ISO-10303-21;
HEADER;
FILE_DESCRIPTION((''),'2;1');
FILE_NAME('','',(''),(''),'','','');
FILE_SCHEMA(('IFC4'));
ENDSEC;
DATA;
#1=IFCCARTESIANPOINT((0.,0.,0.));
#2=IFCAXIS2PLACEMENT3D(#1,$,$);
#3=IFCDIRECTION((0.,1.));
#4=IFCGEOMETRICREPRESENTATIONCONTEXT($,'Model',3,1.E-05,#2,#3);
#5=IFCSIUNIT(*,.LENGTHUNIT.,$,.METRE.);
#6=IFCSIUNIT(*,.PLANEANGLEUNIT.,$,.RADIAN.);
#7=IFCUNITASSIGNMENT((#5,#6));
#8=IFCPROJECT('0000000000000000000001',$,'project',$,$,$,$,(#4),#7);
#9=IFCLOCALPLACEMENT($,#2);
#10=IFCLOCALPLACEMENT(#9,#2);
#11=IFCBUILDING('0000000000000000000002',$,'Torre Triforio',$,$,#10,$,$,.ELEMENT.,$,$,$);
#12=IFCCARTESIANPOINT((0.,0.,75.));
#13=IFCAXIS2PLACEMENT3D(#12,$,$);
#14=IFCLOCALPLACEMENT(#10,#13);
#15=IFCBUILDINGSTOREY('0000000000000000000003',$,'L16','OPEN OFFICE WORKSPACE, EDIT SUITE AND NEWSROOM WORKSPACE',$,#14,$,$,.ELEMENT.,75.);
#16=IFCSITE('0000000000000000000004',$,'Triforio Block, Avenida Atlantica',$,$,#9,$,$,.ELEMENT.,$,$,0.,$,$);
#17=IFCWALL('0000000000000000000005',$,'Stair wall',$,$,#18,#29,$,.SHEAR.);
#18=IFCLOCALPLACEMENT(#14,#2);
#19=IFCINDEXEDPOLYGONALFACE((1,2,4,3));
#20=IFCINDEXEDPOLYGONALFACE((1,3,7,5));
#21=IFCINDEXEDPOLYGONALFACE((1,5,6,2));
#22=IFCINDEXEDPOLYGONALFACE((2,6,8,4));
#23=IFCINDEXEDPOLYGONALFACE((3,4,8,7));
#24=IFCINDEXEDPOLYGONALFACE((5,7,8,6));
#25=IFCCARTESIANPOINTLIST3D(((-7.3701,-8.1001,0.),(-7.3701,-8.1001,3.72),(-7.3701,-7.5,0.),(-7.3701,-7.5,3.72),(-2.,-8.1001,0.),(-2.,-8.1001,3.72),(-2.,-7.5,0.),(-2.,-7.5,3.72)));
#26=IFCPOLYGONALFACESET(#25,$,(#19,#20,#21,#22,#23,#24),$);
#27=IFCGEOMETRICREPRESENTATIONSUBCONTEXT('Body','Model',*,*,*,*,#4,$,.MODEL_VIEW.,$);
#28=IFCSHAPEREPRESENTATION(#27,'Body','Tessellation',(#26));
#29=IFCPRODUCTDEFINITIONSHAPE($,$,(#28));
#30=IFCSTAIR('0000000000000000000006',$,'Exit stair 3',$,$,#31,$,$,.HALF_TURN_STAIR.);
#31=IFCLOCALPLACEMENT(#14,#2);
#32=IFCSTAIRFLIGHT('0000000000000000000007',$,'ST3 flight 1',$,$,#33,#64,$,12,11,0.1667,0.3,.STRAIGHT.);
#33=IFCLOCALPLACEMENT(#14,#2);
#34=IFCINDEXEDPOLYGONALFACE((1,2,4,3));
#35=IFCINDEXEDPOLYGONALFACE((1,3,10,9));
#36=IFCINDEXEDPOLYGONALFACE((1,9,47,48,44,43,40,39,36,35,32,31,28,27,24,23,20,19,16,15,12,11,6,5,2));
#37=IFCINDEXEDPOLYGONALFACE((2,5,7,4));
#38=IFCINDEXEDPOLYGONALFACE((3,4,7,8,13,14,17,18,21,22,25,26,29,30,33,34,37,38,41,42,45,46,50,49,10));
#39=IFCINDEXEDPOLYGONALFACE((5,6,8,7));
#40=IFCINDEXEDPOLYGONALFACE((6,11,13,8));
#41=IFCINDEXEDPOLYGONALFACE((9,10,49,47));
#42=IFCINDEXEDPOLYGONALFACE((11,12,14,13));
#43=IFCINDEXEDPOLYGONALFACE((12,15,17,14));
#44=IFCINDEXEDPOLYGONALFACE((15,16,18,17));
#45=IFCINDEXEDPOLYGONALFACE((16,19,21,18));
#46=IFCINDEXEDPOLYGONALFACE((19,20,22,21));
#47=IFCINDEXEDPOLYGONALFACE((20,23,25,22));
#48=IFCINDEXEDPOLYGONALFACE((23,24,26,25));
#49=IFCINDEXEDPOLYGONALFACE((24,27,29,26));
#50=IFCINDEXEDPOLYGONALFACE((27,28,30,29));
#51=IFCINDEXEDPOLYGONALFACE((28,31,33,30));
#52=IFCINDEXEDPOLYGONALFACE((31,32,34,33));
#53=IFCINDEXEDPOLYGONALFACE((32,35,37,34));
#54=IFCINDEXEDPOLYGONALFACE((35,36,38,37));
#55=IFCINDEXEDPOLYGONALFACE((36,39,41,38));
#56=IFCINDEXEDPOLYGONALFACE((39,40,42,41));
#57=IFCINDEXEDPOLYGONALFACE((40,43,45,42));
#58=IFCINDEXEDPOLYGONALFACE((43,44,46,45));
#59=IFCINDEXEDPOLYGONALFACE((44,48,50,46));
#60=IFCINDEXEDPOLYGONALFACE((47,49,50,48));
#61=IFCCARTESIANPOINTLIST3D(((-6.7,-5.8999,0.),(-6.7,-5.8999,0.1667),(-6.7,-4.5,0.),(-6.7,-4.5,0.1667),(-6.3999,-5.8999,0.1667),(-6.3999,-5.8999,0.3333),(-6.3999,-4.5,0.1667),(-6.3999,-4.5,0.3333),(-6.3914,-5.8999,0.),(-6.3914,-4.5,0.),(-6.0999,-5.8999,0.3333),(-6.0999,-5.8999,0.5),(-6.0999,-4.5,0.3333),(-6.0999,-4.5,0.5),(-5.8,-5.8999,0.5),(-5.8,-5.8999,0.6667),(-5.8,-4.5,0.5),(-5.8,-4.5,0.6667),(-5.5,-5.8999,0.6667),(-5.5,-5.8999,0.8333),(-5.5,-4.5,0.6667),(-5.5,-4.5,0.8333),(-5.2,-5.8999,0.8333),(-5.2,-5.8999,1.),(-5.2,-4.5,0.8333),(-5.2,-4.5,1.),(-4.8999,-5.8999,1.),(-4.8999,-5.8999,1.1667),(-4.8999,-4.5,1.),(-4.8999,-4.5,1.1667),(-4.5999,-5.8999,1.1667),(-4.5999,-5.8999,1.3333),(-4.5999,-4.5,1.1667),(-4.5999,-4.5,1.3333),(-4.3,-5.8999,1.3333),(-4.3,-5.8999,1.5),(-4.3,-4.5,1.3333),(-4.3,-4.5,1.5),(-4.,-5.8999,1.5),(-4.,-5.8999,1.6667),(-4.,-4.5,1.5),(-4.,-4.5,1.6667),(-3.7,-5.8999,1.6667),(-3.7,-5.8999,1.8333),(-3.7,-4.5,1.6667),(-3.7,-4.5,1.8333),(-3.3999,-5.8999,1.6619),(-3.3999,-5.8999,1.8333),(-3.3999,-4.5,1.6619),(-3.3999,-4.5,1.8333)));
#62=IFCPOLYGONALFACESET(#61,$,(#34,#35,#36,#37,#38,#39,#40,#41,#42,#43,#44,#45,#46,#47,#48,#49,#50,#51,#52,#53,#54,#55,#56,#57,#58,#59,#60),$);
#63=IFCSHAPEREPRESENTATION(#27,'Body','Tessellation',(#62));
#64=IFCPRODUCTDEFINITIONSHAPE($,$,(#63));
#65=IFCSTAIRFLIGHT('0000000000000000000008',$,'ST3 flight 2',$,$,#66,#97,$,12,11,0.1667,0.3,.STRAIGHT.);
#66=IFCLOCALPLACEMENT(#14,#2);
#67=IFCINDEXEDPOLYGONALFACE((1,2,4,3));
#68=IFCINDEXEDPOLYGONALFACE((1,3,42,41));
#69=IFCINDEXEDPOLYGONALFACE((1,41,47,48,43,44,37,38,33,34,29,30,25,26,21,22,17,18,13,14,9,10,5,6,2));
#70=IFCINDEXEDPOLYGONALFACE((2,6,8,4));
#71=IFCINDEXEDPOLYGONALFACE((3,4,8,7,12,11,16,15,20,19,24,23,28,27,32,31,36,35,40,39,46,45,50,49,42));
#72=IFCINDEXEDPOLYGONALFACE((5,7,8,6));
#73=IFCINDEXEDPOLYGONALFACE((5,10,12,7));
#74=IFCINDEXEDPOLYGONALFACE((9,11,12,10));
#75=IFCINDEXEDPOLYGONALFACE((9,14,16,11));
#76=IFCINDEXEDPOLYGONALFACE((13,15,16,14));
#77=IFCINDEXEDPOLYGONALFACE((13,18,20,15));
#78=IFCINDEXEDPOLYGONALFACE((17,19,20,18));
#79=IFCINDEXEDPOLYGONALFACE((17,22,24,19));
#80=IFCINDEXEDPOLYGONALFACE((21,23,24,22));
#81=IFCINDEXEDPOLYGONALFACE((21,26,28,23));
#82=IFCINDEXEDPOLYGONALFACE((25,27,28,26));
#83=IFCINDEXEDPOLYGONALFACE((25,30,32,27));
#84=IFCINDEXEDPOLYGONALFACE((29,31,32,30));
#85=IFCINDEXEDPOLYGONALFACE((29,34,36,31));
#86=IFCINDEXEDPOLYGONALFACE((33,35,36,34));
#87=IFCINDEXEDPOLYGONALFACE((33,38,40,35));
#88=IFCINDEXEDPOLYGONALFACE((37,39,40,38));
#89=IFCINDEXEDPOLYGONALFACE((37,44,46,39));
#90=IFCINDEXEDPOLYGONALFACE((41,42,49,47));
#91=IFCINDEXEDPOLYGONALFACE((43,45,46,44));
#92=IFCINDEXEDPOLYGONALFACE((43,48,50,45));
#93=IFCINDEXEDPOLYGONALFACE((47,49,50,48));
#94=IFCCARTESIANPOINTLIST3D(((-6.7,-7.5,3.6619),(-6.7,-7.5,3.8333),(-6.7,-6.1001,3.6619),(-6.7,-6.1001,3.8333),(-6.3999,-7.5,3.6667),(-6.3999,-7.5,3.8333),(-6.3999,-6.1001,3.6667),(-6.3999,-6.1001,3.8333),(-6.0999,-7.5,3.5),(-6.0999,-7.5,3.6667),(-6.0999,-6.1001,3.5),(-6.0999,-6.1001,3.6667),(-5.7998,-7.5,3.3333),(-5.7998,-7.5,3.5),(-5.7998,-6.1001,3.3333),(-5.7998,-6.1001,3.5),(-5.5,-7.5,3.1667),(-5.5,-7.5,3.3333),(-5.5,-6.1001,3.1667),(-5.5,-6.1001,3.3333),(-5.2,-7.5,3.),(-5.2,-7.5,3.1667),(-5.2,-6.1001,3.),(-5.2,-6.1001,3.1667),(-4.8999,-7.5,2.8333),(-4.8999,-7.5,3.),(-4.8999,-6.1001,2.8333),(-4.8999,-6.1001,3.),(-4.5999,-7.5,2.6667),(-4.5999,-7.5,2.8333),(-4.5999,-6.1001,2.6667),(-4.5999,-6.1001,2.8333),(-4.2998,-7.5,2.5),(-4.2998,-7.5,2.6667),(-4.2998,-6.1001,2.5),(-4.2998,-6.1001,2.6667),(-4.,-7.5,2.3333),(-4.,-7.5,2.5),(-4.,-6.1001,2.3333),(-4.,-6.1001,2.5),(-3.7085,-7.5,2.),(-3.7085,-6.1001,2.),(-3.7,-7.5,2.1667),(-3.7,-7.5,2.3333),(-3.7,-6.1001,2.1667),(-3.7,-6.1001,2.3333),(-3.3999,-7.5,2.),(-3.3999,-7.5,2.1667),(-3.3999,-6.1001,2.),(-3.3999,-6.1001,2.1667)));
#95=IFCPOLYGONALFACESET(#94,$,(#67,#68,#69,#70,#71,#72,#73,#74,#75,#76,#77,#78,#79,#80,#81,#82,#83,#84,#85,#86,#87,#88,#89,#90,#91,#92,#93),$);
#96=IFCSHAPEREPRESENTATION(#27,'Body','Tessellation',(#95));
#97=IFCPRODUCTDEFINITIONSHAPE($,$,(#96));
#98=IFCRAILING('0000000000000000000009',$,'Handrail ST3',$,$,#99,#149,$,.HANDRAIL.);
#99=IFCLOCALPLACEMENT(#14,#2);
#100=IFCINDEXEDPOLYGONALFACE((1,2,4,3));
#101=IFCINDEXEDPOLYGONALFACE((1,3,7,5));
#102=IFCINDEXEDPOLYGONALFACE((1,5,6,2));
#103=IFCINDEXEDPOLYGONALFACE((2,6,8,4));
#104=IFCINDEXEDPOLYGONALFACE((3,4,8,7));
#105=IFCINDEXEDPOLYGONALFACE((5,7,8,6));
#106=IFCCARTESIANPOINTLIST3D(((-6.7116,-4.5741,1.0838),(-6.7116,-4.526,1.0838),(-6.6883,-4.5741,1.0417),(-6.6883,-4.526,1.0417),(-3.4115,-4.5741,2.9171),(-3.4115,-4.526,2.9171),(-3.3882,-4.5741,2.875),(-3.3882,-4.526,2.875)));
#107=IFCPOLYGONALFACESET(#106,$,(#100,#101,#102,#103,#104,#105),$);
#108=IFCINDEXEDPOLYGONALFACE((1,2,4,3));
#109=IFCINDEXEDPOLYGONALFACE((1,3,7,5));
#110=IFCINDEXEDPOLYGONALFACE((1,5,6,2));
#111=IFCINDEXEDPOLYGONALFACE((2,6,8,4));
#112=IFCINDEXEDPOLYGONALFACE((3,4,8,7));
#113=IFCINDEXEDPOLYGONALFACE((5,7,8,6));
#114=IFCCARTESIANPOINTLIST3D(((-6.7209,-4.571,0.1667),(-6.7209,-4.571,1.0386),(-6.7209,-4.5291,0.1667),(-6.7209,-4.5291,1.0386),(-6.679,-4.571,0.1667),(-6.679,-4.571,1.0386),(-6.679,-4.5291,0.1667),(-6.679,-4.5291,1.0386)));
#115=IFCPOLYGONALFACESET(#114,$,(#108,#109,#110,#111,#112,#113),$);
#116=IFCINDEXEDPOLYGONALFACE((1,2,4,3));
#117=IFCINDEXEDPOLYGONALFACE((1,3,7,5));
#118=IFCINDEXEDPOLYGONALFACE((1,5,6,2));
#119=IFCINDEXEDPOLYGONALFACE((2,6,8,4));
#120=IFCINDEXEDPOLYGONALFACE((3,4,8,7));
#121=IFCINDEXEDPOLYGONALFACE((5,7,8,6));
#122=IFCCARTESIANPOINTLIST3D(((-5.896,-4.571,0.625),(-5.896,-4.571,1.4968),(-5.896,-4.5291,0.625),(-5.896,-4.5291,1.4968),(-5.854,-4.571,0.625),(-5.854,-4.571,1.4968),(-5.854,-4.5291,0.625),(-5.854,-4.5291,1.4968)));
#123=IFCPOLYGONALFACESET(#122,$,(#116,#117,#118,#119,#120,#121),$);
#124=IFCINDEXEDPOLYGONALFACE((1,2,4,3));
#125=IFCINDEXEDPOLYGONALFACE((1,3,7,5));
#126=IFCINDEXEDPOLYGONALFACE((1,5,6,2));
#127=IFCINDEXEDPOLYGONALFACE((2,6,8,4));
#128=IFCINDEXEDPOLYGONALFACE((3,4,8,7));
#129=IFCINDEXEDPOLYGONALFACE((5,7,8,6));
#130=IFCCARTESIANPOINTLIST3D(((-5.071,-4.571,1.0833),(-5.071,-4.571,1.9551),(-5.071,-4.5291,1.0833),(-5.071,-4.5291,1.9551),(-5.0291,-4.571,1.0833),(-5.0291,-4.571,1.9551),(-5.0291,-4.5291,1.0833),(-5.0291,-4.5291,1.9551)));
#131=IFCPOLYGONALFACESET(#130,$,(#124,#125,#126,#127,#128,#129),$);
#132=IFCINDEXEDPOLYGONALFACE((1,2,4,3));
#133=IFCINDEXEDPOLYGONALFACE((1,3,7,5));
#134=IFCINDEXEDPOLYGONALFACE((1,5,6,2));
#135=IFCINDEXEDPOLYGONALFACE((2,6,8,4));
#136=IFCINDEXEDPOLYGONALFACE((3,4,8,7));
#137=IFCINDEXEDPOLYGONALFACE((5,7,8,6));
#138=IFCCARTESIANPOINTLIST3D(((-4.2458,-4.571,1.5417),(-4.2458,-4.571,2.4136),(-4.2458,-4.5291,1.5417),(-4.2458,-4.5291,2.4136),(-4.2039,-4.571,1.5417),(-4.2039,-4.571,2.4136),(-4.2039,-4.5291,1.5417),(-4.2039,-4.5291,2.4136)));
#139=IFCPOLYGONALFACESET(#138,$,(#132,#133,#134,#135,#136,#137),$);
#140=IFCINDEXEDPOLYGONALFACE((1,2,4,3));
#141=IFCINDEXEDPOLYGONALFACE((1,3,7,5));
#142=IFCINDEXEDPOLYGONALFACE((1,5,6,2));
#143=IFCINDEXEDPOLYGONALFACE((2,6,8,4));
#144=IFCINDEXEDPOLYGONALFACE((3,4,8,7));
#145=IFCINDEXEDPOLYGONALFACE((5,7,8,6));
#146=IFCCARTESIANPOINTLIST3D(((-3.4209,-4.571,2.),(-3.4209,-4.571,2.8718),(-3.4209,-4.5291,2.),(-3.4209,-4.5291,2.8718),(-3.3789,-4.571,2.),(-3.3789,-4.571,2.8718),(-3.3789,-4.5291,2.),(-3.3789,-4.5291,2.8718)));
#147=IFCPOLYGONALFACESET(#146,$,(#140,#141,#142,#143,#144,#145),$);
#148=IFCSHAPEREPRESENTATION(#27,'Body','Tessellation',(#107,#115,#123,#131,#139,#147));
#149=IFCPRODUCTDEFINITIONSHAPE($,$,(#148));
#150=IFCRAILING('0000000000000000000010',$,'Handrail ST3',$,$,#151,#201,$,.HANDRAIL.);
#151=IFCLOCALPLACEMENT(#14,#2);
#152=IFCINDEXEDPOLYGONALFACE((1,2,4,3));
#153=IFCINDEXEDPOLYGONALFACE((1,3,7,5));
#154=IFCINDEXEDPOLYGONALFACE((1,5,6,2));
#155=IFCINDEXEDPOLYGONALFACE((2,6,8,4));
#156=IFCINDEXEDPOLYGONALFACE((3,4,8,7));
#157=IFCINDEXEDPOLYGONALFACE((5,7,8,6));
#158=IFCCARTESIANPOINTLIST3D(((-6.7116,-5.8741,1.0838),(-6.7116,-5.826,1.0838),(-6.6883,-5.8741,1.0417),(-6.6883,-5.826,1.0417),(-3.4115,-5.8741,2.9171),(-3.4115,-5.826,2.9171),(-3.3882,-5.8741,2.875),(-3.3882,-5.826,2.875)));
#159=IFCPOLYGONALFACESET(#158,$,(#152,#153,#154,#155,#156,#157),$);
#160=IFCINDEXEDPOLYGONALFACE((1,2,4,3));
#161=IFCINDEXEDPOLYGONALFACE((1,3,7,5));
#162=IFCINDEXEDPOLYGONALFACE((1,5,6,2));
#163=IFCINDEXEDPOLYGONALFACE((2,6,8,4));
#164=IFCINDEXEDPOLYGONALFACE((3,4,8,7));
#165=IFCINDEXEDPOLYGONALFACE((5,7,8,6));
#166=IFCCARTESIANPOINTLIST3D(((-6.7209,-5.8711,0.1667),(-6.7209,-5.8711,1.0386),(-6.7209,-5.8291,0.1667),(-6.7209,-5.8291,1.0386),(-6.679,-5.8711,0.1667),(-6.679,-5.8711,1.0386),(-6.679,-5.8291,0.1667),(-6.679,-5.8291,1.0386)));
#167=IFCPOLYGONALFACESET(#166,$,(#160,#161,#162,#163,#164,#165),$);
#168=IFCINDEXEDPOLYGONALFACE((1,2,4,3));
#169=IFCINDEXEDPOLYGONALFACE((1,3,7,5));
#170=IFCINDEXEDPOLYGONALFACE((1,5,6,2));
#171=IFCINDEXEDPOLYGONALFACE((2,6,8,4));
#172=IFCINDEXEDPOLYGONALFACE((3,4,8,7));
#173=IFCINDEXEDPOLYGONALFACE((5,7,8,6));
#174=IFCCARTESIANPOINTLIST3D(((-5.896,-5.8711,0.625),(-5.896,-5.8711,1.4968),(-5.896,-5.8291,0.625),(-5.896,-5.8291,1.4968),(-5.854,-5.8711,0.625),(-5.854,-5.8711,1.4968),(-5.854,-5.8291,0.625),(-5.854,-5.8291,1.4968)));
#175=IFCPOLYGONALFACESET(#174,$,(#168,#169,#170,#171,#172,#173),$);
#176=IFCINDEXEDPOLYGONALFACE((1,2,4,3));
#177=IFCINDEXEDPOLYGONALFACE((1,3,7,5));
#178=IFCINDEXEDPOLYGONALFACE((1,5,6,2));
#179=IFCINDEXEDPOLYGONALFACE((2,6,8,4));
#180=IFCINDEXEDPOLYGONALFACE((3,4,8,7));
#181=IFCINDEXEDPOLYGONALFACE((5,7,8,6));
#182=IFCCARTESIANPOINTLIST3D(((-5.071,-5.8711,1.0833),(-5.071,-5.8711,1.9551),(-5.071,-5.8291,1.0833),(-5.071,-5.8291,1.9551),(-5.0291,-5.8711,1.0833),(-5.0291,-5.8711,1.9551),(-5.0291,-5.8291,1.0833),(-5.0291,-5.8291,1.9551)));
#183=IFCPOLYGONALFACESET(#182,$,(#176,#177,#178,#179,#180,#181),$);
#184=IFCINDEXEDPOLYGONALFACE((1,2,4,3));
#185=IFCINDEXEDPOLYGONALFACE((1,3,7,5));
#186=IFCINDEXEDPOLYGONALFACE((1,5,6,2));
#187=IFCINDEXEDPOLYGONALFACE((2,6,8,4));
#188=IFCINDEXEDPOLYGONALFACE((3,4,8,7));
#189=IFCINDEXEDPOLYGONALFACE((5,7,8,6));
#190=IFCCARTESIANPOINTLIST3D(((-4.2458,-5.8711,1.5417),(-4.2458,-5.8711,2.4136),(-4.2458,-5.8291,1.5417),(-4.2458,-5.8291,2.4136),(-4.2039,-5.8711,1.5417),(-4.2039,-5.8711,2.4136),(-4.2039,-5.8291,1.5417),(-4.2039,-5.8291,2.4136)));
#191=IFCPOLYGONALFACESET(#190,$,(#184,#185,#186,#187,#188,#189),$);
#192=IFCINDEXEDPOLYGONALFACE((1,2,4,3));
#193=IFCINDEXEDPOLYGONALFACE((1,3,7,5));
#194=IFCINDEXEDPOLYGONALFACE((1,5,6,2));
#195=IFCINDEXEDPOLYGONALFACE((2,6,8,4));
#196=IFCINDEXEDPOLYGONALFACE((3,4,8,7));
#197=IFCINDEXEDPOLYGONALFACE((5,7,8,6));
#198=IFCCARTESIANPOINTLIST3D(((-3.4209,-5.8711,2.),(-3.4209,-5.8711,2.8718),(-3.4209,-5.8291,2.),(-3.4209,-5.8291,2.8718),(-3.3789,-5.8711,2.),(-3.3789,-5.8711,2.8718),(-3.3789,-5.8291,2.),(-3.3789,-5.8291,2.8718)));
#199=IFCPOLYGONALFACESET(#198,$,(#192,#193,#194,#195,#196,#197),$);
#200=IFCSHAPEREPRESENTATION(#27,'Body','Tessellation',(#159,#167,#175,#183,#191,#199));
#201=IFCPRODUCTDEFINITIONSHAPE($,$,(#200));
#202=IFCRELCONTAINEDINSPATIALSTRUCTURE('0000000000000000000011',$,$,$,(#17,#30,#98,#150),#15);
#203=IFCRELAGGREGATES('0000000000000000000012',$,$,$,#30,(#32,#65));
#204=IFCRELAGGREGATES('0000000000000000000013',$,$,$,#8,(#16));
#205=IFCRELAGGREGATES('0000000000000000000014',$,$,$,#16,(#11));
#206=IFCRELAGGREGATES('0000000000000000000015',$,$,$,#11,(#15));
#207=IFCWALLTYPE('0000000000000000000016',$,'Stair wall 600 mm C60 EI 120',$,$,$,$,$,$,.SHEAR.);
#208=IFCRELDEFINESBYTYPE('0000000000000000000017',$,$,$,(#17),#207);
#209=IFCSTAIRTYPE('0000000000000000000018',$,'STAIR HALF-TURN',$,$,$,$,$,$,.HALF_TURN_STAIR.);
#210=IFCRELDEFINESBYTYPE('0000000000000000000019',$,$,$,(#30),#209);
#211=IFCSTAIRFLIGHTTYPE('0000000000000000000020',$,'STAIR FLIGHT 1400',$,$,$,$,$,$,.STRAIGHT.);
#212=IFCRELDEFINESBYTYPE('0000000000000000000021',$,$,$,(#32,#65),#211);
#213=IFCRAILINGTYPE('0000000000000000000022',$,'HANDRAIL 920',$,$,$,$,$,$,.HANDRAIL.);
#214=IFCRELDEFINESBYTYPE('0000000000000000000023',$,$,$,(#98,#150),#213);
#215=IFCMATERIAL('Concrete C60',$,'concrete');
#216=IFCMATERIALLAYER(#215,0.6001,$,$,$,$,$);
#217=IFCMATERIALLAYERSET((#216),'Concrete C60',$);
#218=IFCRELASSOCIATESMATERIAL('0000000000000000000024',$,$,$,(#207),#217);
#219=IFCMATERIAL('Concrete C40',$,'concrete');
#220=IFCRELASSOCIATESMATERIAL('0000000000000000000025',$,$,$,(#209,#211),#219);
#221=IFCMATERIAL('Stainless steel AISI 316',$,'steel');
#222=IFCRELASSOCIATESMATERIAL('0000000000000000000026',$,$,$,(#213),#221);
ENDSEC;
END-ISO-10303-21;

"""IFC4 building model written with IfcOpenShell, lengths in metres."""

from ifc_helpers import new_model, si_unit, direction, frame, frame_2d, origin, origin_2d, place, context, subcontext, project, spatial, polyline, rectangle, outline, extrude, material, layer, layer_set, type_object, element, aggregate, save


model = new_model("IFC4")

# Units and contexts
model_context = context("Model", 3, precision=1e-05, world=origin(), true_north=direction((0.0, 1.0)))
body_context = subcontext(model_context, "Body", "Model", "MODEL_VIEW")
ifc_project = project(units=[si_unit("LENGTHUNIT", "METRE"), si_unit("PLANEANGLEUNIT", "RADIAN")], contexts=[model_context])

# Site, building, storey
site_placement = place(None, origin())
site = spatial("IfcSite", under=ifc_project, at=site_placement, Name="Triforio Block, Avenida Atlantica", CompositionType="ELEMENT", RefElevation=0.0)
building_placement = place(site_placement, origin())
building = spatial("IfcBuilding", under=site, at=building_placement, Name="Torre Triforio", CompositionType="ELEMENT")
storey_placement = place(building_placement, frame((0.0, 0.0, 75.0)))
storey = spatial("IfcBuildingStorey", under=building, at=storey_placement, Name="L16", Description="OPEN OFFICE WORKSPACE, EDIT SUITE AND NEWSROOM WORKSPACE", CompositionType="ELEMENT", Elevation=75.0)

# Shared definitions
ifc_material_1 = material(Name="Concrete C60", Category="concrete")

# Wall
ifc_layer_1 = layer(ifc_material_1, 0.6001)
ifc_layer_set_1 = layer_set([ifc_layer_1], Name="Concrete C60")
wall_type_1 = type_object("IfcWallType", Name="Stair wall 600 mm C60 EI 120", PredefinedType="SHEAR", material=ifc_layer_set_1)
wall_1_placement = place(storey_placement, frame((-7.3701, -7.8, 0.0), z_axis=(0.0, 0.0, 1.0), x_axis=(1.0, 0.0, 0.0)))
element("IfcWall", 1, at=wall_1_placement, inside=storey, type_object=wall_type_1, Name="Stair wall", PredefinedType="SHEAR", context=body_context, shape_type="SweptSolid", body=[
    extrude(rectangle(XDim=5.3701, YDim=0.6001, at=frame_2d((2.6851, 0.0))), origin(), (0.0, 0.0, 1.0), 3.72),
])

# Stair, stair flights
ifc_material_2 = material(Name="Concrete C40", Category="concrete")
stair_type = type_object("IfcStairType", Name="STAIR HALF-TURN", PredefinedType="HALF_TURN_STAIR", material=ifc_material_2)
stair_placement = place(storey_placement, origin())
stair = element("IfcStair", 2, at=stair_placement, inside=storey, type_object=stair_type, Name="Exit stair 3", PredefinedType="HALF_TURN_STAIR")
stair_flight_type = type_object("IfcStairFlightType", Name="STAIR FLIGHT 1400", PredefinedType="STRAIGHT", material=ifc_material_2)
stair_flight_1_placement = place(storey_placement, frame((-6.7, -5.2, 0.0), z_axis=(0.0, 0.0, 1.0), x_axis=(1.0, 0.0, 0.0)))
stair_flight_1 = element("IfcStairFlight", 3, at=stair_flight_1_placement, type_object=stair_flight_type, Name="ST3 flight 1", NumberOfRisers=12, NumberOfTreads=11, PredefinedType="STRAIGHT", RiserHeight=0.1667, TreadLength=0.3, context=body_context, shape_type="SweptSolid", body=[
    extrude(outline(polyline([(0.0, 0.0), (0.0, 0.1667), (0.3, 0.1667), (0.3, 0.3333), (0.6001, 0.3333), (0.6001, 0.5), (0.8999, 0.5), (0.8999, 0.6667), (1.2, 0.6667), (1.2, 0.8333), (1.5, 0.8333), (1.5, 1.0), (1.8, 1.0), (1.8, 1.1667), (2.1001, 1.1667), (2.1001, 1.3333), (2.3999, 1.3333), (2.3999, 1.5), (2.7, 1.5), (2.7, 1.6667), (3.0, 1.6667), (3.0, 1.8333), (3.3, 1.8333), (3.3, 2.0), (3.3, 1.6619), (0.3086, 0.0), (0.0, 0.0)])), frame((0.0, 0.7, 0.0), z_axis=(0.0, -1.0, 0.0), x_axis=(1.0, 0.0, 0.0)), (0.0, 0.0, 1.0), 1.3999),
])
stair_flight_2_placement = place(storey_placement, frame((-3.3999, -6.8, 2.0), z_axis=(0.0, 0.0, 1.0), x_axis=(-1.0, 0.0, 0.0)))
stair_flight_2 = element("IfcStairFlight", 4, at=stair_flight_2_placement, type_object=stair_flight_type, Name="ST3 flight 2", NumberOfRisers=12, NumberOfTreads=11, PredefinedType="STRAIGHT", RiserHeight=0.1667, TreadLength=0.3, context=body_context, shape_type="SweptSolid", body=[
    extrude(outline(polyline([(0.0, 0.0), (0.0, 0.1667), (0.3, 0.1667), (0.3, 0.3333), (0.6001, 0.3333), (0.6001, 0.5), (0.8999, 0.5), (0.8999, 0.6667), (1.2, 0.6667), (1.2, 0.8333), (1.5, 0.8333), (1.5, 1.0), (1.8, 1.0), (1.8, 1.1667), (2.1001, 1.1667), (2.1001, 1.3333), (2.3999, 1.3333), (2.3999, 1.5), (2.7, 1.5), (2.7, 1.6667), (3.0, 1.6667), (3.0, 1.8333), (3.3, 1.8333), (3.3, 2.0), (3.3, 1.6619), (0.3086, 0.0), (0.0, 0.0)])), frame((0.0, 0.7, 0.0), z_axis=(0.0, -1.0, 0.0), x_axis=(1.0, 0.0, 0.0)), (0.0, 0.0, 1.0), 1.3999),
])
aggregate(stair, [stair_flight_1, stair_flight_2])

# Railings
ifc_material_3 = material(Name="Stainless steel AISI 316", Category="steel")
railing_type = type_object("IfcRailingType", Name="HANDRAIL 920", PredefinedType="HANDRAIL", material=ifc_material_3)
for number, where, name in (
    (5, (-6.7, -4.55, 0.1667), "Handrail ST3"),
    (6, (-6.7, -5.8501, 0.1667), "Handrail ST3"),
):
    element("IfcRailing", number, at=place(storey_placement, frame(where)), inside=storey, type_object=railing_type, Name=name, PredefinedType="HANDRAIL", context=body_context, shape_type="SweptSolid", body=[
        extrude(rectangle(XDim=0.0481, YDim=0.0481, at=origin_2d()), frame((0.0, 0.0, 0.896), z_axis=(0.874169, 0.0, 0.485621), x_axis=(0.0, 1.0, 0.0)), (0.0, 0.0, 1.0), 3.7751),
        extrude(rectangle(XDim=0.042, YDim=0.042, at=origin_2d()), origin(), (0.0, 0.0, 1.0), 0.8718),
        extrude(rectangle(XDim=0.042, YDim=0.042, at=origin_2d()), frame((0.825, 0.0, 0.4583)), (0.0, 0.0, 1.0), 0.8718),
        extrude(rectangle(XDim=0.042, YDim=0.042, at=origin_2d()), frame((1.6499, 0.0, 0.9165)), (0.0, 0.0, 1.0), 0.8718),
        extrude(rectangle(XDim=0.042, YDim=0.042, at=origin_2d()), frame((2.4751, 0.0, 1.375)), (0.0, 0.0, 1.0), 0.8718),
        extrude(rectangle(XDim=0.042, YDim=0.042, at=origin_2d()), frame((3.3, 0.0, 1.8333)), (0.0, 0.0, 1.0), 0.8718),
    ])

save(model, "model.ifc")
